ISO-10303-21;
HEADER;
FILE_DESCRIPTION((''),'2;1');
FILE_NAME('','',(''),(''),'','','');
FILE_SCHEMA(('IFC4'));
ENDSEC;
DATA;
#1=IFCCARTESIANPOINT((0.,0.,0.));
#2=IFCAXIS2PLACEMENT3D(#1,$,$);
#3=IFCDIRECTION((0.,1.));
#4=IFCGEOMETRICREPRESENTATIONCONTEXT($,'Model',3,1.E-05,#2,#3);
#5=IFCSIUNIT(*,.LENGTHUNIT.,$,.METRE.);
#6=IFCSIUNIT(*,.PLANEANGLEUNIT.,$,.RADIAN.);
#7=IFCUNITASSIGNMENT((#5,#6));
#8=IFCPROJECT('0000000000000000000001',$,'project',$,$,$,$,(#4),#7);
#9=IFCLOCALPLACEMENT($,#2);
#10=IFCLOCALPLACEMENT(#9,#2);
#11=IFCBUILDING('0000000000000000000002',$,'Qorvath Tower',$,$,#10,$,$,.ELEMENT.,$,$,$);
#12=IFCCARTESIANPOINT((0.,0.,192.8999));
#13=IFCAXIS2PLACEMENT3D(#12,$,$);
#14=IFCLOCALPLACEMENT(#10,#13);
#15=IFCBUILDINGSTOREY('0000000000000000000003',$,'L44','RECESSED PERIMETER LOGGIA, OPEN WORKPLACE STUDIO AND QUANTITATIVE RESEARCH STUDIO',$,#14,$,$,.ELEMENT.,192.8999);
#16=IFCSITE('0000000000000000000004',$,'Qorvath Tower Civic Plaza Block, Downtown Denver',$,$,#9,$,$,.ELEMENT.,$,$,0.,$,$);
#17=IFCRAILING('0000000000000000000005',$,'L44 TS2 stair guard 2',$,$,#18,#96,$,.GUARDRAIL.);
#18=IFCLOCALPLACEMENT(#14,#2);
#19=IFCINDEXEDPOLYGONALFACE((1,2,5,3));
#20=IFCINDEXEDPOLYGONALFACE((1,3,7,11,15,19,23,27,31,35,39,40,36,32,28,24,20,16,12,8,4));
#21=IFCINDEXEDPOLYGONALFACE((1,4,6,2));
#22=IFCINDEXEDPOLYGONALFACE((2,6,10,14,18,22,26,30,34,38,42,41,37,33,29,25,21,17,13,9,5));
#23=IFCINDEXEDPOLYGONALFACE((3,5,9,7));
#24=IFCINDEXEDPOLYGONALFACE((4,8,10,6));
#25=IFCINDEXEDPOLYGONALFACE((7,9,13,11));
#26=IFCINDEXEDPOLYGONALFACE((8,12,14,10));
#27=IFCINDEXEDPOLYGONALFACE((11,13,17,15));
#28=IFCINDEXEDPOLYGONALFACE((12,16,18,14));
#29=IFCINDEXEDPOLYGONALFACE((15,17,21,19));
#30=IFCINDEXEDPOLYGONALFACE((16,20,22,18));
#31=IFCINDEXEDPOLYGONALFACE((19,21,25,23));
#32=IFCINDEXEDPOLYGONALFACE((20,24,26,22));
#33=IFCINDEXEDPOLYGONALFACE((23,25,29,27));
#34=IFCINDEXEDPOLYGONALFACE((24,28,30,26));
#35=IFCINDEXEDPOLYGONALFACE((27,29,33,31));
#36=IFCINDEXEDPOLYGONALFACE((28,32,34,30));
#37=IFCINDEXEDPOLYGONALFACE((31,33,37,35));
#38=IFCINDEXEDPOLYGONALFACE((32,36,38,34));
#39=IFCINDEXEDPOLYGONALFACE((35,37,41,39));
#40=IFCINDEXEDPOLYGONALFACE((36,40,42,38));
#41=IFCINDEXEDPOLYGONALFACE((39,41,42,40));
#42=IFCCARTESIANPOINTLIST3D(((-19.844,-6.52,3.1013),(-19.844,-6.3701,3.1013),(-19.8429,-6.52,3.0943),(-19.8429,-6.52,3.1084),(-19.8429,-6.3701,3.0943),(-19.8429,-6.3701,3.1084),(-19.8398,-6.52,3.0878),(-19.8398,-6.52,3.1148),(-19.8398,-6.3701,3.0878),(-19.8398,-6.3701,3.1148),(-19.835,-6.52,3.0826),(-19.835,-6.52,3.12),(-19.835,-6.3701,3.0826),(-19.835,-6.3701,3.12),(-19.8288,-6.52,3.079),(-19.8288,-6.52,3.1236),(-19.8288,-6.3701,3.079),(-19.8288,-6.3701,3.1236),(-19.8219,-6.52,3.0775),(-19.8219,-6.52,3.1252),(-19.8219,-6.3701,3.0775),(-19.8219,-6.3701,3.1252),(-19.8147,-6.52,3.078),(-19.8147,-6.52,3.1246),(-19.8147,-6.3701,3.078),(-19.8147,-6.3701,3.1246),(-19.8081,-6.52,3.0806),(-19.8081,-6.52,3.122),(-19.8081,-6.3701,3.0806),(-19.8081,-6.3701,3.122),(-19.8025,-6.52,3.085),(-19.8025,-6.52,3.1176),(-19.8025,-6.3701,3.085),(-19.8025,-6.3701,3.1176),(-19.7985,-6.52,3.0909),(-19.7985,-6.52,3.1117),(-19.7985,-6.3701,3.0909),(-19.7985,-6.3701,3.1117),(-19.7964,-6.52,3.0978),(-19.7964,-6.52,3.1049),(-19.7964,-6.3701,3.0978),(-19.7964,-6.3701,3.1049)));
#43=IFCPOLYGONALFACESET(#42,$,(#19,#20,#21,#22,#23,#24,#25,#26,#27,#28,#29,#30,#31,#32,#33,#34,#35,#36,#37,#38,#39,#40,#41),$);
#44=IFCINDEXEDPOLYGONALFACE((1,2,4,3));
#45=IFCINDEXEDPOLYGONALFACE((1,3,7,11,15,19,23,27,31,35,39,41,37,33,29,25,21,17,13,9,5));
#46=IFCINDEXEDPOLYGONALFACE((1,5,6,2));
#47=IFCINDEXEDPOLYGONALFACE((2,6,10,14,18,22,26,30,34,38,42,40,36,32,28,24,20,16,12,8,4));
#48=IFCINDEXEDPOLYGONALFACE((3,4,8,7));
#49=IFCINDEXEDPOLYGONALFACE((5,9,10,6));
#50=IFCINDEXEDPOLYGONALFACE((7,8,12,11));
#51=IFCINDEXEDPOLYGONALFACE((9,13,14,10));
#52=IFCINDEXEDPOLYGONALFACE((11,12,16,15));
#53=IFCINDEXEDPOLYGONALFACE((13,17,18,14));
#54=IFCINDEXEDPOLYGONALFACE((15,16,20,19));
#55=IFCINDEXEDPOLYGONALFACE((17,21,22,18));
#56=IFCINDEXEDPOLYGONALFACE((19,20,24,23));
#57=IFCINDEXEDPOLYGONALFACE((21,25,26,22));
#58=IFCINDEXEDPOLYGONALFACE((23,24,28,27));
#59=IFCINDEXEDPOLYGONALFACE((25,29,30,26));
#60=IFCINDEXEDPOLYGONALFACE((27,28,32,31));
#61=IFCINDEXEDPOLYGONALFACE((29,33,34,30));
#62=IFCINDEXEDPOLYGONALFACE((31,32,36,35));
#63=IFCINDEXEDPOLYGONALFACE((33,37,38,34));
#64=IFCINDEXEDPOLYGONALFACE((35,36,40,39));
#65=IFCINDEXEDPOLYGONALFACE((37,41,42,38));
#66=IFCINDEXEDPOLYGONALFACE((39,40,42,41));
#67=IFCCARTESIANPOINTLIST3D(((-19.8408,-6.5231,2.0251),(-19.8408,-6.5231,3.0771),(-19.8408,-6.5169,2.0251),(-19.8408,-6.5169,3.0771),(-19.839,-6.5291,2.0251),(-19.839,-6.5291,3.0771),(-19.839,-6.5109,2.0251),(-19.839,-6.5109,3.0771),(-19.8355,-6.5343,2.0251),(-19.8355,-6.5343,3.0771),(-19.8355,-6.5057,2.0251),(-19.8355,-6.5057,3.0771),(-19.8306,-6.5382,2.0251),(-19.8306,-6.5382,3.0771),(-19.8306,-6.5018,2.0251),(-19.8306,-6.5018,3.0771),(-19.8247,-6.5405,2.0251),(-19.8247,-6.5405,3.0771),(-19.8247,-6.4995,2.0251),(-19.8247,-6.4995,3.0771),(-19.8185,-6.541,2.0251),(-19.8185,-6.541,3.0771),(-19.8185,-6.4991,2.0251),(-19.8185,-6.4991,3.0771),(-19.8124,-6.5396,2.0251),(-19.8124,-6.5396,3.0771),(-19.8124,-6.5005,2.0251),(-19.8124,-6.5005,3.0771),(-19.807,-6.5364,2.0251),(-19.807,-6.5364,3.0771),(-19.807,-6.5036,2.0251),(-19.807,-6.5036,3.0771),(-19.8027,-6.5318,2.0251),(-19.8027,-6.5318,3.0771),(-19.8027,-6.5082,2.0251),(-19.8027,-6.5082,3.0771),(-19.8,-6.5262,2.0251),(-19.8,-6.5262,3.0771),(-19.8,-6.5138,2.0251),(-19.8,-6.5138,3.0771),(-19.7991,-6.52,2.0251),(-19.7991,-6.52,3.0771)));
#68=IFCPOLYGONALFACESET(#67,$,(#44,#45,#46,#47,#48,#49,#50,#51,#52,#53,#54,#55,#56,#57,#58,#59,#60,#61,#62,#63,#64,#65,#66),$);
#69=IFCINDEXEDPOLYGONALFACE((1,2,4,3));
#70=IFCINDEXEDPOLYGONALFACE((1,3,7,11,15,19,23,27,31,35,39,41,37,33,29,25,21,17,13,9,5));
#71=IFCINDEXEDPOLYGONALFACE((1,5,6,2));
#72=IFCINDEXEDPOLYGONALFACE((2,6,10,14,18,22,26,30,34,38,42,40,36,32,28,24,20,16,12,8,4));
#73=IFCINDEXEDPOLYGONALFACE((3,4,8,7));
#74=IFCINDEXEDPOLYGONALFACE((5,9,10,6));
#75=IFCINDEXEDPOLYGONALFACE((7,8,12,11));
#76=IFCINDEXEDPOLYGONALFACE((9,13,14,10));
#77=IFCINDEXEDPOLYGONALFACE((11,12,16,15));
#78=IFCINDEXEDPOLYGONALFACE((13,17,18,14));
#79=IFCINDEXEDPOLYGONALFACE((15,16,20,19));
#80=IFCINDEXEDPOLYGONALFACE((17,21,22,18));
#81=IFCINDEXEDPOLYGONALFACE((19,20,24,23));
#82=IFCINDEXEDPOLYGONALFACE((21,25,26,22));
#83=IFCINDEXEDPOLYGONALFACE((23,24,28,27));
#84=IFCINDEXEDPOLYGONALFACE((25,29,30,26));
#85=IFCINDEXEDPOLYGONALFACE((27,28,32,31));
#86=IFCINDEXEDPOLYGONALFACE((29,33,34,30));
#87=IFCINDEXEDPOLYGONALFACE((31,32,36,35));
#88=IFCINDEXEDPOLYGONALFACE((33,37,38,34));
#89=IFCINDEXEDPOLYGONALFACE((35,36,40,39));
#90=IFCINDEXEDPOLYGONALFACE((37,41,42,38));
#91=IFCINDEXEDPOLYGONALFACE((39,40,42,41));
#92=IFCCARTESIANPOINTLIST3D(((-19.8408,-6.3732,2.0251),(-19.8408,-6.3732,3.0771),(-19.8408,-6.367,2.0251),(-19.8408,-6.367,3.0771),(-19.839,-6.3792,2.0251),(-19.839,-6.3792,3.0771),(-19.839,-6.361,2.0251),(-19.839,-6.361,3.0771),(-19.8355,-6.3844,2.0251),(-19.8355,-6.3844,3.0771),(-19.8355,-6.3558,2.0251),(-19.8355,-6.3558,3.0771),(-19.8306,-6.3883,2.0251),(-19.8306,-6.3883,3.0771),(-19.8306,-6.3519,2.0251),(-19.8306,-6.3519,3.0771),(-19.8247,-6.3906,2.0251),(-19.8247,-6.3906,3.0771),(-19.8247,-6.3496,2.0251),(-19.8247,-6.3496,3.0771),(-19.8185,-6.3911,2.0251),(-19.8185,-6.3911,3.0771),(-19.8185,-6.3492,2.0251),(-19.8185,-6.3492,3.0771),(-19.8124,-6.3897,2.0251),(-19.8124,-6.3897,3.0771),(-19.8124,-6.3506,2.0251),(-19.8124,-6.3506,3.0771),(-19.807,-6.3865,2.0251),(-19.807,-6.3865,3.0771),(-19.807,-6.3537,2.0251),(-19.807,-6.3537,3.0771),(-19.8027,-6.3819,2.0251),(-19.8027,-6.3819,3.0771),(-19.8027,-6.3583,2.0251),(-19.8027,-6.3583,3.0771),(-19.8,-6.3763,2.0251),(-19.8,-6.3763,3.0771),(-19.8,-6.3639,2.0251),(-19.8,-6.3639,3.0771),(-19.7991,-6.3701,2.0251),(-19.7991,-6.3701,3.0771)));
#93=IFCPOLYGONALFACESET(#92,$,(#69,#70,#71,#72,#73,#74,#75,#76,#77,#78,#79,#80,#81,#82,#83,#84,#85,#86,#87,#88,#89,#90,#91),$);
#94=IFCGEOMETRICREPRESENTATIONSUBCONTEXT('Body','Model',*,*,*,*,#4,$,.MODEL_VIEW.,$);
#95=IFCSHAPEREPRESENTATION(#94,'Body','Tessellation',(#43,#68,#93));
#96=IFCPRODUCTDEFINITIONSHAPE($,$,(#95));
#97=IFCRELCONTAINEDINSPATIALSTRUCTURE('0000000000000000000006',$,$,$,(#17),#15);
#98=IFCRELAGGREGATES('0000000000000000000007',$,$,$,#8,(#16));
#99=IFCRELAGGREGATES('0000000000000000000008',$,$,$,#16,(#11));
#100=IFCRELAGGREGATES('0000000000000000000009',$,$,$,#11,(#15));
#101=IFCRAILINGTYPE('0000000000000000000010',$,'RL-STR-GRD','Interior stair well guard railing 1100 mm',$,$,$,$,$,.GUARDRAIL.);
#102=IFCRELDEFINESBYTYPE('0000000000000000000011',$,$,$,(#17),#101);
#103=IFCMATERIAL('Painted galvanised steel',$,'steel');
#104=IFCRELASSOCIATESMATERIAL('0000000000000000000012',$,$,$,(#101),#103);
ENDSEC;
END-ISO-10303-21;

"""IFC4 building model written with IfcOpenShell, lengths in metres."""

from ifc_helpers import new_model, si_unit, direction, frame, origin, origin_2d, place, context, subcontext, project, spatial, circle, extrude, material, type_object, element, save


model = new_model("IFC4")

# Units and contexts
model_context = context("Model", 3, precision=1e-05, world=origin(), true_north=direction((0.0, 1.0)))
body_context = subcontext(model_context, "Body", "Model", "MODEL_VIEW")
ifc_project = project(units=[si_unit("LENGTHUNIT", "METRE"), si_unit("PLANEANGLEUNIT", "RADIAN")], contexts=[model_context])

# Site, building, storey
site_placement = place(None, origin())
site = spatial("IfcSite", under=ifc_project, at=site_placement, Name="Qorvath Tower Civic Plaza Block, Downtown Denver", CompositionType="ELEMENT", RefElevation=0.0)
building_placement = place(site_placement, origin())
building = spatial("IfcBuilding", under=site, at=building_placement, Name="Qorvath Tower", CompositionType="ELEMENT")
storey_placement = place(building_placement, frame((0.0, 0.0, 192.8999)))
storey = spatial("IfcBuildingStorey", under=building, at=storey_placement, Name="L44", Description="RECESSED PERIMETER LOGGIA, OPEN WORKPLACE STUDIO AND QUANTITATIVE RESEARCH STUDIO", CompositionType="ELEMENT", Elevation=192.8999)

# Railing
ifc_material_1 = material(Name="Painted galvanised steel", Category="steel")
railing_type_1 = type_object("IfcRailingType", Name="RL-STR-GRD", Description="Interior stair well guard railing 1100 mm", PredefinedType="GUARDRAIL", material=ifc_material_1)
railing_1_placement = place(storey_placement, frame((-19.8201, -6.52, 2.0251)))
element("IfcRailing", 1, at=railing_1_placement, inside=storey, type_object=railing_type_1, Name="L44 TS2 stair guard 2", PredefinedType="GUARDRAIL", context=body_context, shape_type="SweptSolid", body=[
    extrude(circle(Radius=0.0239, at=origin_2d()), frame((0.0, 0.0, 1.0762), z_axis=(0.0, 1.0, 0.0), x_axis=(-1.0, 0.0, 0.0)), (0.0, 0.0, 1.0), 0.1499),
    extrude(circle(Radius=0.021, at=origin_2d()), origin(), (0.0, 0.0, 1.0), 1.052),
    extrude(circle(Radius=0.021, at=origin_2d()), frame((0.0, 0.1499, 0.0)), (0.0, 0.0, 1.0), 1.052),
])

save(model, "model.ifc")
